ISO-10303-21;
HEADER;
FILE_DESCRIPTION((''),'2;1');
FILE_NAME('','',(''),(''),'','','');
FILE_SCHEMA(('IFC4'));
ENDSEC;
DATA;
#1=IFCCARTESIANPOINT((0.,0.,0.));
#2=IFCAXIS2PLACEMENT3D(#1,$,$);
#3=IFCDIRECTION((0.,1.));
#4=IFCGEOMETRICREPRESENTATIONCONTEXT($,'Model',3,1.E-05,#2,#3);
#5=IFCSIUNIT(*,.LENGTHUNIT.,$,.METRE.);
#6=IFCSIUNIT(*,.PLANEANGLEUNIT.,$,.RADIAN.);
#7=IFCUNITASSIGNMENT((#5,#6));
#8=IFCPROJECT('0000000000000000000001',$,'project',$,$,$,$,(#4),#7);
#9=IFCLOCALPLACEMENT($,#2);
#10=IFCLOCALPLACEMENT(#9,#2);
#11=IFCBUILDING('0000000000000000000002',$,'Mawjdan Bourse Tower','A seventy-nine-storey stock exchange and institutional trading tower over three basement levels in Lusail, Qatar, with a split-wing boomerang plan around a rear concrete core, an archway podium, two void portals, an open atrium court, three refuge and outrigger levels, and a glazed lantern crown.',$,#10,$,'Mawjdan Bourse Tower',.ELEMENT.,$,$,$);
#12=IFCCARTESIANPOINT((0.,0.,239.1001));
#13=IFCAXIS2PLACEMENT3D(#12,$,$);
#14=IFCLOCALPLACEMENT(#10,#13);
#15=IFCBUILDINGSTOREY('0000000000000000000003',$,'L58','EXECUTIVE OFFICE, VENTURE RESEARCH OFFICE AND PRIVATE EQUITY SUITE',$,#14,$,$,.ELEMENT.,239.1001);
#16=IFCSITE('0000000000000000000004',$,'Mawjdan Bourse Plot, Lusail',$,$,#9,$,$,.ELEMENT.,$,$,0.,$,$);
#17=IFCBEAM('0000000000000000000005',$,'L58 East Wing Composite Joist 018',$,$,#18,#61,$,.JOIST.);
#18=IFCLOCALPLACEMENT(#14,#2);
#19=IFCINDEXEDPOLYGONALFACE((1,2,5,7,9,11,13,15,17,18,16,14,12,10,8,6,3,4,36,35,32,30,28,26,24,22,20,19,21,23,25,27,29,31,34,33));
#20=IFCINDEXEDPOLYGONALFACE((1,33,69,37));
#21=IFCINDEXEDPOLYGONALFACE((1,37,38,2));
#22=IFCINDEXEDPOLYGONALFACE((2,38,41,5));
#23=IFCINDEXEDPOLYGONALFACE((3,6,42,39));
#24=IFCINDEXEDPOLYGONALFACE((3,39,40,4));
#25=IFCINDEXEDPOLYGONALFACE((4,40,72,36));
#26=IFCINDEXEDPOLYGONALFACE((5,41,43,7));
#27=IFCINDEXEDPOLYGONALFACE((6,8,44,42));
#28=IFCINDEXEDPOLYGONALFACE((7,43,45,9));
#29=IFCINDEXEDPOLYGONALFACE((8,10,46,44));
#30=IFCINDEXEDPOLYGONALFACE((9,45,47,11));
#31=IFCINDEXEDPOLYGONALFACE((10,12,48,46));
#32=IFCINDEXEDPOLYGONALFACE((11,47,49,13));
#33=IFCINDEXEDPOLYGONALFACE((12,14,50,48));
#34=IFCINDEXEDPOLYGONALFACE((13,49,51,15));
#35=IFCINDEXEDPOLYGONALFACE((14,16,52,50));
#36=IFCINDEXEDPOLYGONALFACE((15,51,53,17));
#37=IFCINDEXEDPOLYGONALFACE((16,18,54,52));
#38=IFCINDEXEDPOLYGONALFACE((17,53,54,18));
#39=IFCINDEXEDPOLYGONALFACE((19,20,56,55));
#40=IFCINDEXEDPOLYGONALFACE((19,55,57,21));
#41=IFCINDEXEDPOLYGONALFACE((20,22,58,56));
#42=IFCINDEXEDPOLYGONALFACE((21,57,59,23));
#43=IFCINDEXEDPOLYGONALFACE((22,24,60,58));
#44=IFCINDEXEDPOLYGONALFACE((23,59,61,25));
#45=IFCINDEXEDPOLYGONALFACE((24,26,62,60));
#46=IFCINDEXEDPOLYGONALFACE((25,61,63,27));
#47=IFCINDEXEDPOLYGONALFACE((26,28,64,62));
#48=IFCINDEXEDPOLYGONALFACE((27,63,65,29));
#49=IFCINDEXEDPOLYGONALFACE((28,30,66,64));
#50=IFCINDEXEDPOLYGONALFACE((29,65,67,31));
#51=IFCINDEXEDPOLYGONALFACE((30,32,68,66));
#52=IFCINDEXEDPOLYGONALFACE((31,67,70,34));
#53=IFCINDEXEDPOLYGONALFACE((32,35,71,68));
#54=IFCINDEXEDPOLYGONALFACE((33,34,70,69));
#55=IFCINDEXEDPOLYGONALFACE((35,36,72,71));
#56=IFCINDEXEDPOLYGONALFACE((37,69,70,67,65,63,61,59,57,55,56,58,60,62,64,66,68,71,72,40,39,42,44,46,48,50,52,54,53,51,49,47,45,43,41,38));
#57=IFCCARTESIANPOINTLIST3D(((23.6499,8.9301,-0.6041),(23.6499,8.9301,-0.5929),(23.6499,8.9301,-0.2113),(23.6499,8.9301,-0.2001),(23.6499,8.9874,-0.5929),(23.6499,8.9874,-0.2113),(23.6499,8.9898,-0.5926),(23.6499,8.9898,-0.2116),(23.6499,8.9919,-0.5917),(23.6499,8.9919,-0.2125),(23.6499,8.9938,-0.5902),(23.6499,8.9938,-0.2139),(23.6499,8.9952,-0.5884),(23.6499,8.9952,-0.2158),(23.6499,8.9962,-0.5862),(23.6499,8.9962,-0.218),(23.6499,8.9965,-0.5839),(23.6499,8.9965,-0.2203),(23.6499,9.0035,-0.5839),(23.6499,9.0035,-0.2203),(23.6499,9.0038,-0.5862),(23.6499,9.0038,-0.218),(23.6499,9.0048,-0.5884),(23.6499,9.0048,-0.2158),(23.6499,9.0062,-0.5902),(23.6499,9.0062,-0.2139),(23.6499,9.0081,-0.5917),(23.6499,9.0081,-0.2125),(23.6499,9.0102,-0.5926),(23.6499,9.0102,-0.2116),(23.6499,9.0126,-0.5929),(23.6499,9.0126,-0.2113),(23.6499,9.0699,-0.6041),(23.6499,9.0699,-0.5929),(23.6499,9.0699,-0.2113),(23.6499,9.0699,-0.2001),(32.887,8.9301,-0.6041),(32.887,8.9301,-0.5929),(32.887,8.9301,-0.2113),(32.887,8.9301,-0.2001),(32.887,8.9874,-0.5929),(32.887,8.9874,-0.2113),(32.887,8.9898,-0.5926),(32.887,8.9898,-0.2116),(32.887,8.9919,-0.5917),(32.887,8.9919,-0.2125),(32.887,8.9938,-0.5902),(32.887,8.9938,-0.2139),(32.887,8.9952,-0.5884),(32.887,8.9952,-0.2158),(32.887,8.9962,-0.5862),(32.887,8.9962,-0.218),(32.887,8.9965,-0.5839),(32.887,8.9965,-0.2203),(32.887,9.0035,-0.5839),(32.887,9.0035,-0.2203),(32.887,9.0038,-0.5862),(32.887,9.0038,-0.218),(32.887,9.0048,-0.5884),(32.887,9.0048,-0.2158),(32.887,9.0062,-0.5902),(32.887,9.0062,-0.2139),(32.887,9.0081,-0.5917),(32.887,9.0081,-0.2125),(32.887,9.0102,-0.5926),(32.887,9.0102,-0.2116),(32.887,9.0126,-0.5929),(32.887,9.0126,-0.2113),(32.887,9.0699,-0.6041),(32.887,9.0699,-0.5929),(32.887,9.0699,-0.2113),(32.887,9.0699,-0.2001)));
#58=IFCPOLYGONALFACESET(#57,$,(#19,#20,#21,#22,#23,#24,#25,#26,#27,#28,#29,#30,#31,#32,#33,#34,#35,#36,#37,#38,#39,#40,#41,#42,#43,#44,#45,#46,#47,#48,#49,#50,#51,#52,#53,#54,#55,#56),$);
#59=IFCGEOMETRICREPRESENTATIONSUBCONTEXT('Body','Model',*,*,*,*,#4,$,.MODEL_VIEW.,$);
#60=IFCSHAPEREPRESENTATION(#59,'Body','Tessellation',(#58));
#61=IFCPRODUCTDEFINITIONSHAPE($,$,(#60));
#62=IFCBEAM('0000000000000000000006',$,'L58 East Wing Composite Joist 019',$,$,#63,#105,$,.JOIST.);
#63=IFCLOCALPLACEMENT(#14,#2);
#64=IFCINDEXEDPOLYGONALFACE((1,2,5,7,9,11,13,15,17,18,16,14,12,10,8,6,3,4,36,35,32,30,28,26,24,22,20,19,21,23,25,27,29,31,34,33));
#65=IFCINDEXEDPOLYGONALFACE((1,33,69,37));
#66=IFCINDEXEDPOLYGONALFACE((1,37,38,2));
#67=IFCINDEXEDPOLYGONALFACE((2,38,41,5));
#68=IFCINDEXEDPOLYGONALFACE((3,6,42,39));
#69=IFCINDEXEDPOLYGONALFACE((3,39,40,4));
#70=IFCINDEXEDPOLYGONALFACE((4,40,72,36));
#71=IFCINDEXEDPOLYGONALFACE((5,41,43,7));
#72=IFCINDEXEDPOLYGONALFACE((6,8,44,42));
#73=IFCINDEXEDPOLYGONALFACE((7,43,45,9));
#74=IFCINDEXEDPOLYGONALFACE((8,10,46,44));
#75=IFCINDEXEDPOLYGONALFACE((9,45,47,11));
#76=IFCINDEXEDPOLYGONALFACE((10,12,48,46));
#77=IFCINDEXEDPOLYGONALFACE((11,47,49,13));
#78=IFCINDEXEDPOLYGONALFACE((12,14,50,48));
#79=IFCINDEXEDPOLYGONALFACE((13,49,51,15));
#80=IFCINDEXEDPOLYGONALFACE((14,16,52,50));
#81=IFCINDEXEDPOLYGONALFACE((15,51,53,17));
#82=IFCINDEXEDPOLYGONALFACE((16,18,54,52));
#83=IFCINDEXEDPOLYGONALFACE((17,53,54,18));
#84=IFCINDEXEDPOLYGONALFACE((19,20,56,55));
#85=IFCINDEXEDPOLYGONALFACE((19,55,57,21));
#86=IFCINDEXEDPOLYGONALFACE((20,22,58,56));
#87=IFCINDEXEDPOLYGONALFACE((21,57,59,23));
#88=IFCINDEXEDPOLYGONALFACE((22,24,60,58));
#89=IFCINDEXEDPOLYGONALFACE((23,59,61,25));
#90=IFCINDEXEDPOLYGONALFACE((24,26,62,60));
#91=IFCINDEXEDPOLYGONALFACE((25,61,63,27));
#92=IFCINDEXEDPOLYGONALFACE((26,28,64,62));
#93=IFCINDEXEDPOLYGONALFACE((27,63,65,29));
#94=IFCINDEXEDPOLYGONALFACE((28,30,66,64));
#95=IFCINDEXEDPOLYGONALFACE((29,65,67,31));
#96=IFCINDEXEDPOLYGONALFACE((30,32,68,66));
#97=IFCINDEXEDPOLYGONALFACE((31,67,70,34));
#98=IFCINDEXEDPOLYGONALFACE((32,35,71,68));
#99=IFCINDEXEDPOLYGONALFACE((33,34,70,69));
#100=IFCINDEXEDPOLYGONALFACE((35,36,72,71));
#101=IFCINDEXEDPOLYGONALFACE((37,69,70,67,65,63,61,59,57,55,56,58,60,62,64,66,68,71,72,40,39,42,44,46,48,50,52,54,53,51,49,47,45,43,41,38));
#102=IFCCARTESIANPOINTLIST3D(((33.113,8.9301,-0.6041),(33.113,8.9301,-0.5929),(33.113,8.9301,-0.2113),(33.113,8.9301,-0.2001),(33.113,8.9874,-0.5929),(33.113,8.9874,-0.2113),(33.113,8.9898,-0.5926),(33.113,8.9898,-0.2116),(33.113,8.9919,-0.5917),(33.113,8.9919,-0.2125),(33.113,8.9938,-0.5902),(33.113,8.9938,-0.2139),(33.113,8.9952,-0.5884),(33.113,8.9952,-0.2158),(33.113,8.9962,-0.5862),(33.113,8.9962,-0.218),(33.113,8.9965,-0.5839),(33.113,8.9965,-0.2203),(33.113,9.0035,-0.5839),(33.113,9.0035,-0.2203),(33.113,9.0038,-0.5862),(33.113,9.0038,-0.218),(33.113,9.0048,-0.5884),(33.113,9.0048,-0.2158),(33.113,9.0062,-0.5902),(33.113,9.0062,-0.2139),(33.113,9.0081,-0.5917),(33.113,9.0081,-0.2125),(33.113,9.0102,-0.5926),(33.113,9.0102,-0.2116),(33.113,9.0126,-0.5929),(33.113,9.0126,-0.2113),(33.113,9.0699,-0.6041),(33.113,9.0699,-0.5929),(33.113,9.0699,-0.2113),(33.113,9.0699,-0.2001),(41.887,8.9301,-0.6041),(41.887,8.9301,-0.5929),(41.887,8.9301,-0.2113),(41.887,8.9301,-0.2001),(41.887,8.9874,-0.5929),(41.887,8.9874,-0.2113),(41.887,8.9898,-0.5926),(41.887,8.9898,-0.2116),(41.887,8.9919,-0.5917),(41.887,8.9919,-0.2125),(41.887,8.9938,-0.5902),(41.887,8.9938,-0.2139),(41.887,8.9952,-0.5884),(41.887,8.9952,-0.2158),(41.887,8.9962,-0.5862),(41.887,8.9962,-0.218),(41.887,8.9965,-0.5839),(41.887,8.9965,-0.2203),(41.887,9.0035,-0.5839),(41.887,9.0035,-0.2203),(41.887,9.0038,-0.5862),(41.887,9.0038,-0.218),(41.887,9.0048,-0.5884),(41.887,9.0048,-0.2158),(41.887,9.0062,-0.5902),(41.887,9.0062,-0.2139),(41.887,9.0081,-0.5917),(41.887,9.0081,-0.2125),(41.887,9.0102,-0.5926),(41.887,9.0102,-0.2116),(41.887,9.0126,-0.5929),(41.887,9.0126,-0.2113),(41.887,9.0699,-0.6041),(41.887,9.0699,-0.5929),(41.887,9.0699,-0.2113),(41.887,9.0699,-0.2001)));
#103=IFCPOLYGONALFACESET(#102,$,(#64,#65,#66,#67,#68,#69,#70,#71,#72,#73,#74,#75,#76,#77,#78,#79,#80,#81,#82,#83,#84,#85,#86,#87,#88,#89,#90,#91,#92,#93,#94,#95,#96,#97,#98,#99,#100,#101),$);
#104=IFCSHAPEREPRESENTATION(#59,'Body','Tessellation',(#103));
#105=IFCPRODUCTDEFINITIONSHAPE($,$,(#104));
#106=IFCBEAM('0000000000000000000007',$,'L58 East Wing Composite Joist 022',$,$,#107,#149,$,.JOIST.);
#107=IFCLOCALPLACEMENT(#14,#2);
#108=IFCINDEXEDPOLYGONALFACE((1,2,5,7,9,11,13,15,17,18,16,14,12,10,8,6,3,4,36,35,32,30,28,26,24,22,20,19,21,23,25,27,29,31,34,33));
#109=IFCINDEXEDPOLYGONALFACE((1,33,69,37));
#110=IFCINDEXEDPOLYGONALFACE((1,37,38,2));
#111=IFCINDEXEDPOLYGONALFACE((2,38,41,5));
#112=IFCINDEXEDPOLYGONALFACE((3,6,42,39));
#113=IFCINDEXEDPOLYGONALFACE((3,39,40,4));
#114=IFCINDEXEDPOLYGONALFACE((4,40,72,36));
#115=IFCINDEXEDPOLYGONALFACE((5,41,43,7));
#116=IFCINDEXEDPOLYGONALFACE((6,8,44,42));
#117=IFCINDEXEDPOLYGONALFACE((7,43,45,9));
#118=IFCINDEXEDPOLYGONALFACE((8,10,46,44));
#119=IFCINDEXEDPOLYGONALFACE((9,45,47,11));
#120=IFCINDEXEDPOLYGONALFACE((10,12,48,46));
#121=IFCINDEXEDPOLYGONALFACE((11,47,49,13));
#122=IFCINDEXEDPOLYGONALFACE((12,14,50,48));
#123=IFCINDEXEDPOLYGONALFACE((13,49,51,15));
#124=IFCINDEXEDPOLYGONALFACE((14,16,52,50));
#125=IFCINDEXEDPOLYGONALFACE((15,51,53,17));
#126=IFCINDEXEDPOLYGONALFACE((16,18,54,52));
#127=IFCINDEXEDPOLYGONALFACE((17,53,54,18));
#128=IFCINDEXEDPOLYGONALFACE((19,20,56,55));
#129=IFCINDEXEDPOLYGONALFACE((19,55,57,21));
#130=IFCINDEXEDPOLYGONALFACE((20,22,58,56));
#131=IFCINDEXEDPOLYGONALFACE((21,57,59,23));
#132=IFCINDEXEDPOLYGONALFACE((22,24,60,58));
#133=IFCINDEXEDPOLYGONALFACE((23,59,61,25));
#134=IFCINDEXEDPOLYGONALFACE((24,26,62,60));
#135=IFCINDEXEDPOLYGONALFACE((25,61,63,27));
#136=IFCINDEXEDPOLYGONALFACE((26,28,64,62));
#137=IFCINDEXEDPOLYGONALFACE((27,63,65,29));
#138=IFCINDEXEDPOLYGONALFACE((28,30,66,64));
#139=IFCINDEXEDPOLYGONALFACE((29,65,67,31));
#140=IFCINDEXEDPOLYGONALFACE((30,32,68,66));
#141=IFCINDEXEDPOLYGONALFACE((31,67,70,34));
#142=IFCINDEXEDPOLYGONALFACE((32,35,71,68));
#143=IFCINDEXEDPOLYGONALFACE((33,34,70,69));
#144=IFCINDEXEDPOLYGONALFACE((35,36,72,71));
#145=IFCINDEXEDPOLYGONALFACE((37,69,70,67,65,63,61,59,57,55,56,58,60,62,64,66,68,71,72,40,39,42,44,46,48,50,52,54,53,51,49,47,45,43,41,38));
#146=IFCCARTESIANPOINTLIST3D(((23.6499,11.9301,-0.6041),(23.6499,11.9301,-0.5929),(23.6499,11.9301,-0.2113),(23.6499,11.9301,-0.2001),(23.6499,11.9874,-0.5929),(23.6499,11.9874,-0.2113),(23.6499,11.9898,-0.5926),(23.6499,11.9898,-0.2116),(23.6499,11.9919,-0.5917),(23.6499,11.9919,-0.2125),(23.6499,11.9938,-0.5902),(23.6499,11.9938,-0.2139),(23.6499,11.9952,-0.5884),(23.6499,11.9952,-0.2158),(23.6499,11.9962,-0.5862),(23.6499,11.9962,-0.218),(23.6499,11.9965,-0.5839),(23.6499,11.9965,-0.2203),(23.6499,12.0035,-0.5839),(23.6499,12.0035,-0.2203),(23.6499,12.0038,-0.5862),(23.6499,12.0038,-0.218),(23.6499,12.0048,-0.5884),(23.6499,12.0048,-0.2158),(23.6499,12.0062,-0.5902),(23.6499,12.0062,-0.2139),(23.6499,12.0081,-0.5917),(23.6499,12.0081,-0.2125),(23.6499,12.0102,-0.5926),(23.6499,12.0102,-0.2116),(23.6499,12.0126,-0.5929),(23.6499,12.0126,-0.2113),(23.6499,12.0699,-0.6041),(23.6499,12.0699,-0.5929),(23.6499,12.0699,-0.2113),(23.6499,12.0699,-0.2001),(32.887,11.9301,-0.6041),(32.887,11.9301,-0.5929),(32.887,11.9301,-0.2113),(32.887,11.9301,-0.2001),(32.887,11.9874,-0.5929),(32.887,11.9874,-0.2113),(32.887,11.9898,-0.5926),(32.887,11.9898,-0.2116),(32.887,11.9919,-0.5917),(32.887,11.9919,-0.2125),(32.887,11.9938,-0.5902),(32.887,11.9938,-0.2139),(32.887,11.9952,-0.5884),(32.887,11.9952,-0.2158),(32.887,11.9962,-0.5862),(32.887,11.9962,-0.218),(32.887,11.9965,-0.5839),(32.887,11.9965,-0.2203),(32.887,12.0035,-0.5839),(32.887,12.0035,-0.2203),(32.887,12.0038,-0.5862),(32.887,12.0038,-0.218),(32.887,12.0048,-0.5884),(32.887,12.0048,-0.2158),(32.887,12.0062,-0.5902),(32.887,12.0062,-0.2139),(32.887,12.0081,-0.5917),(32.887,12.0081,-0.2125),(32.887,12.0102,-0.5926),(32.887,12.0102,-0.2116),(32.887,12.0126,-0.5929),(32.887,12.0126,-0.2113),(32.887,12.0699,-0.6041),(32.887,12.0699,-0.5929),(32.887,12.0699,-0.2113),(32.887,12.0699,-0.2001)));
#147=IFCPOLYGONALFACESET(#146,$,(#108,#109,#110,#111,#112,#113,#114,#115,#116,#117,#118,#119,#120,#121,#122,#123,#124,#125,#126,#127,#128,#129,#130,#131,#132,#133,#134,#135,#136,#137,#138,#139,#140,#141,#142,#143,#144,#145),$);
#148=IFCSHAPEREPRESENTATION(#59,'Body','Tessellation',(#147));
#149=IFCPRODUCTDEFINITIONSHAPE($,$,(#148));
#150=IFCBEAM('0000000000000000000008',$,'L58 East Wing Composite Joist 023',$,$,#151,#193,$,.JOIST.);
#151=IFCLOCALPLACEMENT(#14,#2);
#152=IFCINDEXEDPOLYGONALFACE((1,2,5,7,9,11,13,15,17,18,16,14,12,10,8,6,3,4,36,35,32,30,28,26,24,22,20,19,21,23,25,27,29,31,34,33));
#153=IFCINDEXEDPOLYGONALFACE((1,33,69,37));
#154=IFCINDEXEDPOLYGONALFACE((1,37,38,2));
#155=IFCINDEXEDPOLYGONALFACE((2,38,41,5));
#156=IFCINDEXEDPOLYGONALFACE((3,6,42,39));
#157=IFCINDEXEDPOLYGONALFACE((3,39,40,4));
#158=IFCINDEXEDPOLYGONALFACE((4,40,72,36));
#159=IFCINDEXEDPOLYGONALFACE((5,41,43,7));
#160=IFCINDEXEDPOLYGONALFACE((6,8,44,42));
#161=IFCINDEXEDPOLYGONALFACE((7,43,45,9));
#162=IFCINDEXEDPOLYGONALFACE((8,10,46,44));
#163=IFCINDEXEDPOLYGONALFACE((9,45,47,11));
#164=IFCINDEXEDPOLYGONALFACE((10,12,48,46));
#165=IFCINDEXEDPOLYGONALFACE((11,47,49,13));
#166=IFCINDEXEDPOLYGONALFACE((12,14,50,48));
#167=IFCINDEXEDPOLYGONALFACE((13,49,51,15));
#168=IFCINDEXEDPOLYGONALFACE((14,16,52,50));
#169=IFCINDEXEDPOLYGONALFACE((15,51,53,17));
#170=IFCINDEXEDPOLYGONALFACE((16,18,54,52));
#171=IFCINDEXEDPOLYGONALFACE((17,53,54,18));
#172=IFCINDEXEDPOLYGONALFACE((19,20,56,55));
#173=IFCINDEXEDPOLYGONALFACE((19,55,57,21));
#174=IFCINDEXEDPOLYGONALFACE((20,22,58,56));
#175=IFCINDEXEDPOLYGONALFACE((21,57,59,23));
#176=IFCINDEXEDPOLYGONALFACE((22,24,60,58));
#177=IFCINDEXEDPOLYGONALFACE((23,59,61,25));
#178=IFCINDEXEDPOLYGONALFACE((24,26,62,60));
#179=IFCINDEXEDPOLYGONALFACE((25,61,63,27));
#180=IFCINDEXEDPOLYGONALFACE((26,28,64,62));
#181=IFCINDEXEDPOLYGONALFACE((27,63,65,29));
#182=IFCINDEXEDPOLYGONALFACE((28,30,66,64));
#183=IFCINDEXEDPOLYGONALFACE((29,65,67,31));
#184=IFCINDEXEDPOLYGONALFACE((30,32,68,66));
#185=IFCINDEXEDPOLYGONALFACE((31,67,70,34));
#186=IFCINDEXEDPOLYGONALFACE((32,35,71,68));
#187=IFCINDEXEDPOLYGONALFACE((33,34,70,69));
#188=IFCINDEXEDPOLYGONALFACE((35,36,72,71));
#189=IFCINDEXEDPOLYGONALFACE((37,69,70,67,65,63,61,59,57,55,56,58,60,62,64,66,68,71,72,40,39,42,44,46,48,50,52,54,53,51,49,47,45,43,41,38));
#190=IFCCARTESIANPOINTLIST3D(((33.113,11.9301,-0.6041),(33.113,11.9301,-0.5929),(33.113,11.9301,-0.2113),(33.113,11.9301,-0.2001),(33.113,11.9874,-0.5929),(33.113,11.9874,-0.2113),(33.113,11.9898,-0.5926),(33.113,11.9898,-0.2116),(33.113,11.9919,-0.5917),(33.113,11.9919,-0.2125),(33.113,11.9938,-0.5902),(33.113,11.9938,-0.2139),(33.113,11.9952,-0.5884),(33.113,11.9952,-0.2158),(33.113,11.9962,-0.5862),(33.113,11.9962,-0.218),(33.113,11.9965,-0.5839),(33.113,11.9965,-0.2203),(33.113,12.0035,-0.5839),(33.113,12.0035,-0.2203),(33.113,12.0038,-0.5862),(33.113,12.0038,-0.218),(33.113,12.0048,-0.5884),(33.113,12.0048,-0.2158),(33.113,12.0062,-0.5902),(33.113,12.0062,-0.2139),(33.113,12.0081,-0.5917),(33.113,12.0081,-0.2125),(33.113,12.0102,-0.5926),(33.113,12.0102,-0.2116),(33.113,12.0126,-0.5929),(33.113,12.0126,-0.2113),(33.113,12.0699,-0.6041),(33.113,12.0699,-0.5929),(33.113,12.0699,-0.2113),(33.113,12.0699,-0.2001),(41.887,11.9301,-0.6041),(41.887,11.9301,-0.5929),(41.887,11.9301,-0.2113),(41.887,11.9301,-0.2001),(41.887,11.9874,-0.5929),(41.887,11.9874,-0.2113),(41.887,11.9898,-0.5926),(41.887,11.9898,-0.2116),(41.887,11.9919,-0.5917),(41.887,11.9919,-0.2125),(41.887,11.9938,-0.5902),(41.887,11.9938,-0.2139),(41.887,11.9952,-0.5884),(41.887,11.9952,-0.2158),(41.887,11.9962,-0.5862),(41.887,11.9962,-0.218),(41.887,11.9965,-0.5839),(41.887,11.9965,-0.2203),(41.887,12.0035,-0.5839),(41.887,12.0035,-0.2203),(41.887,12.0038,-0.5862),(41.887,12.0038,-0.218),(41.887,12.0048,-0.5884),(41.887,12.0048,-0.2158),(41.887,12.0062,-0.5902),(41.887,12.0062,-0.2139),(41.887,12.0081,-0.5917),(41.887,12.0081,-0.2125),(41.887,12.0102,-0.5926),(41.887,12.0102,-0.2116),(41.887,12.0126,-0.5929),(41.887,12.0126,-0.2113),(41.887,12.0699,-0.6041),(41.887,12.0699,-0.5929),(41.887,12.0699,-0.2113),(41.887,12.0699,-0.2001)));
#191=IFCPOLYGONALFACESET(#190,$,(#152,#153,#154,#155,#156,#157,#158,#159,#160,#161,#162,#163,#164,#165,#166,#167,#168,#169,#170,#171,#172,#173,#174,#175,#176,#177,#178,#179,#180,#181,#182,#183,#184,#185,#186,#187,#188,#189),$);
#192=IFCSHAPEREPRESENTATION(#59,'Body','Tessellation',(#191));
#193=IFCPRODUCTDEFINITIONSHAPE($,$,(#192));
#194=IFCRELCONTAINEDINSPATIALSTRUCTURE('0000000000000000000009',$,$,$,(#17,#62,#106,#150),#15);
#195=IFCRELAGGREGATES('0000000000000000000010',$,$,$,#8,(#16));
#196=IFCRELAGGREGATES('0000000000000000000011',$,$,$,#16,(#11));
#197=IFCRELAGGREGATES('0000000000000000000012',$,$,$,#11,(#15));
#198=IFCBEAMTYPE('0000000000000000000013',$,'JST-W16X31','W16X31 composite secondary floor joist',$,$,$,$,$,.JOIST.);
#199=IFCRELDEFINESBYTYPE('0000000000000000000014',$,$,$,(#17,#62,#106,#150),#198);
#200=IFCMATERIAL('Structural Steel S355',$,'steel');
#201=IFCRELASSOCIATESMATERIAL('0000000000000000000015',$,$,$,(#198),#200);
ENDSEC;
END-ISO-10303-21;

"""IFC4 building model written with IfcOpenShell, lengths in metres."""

from ifc_helpers import new_model, si_unit, direction, frame, origin, origin_2d, place, context, subcontext, project, spatial, i_section, extrude, material, material_profile, profile_set, type_object, element, save


model = new_model("IFC4")

# Units and contexts
model_context = context("Model", 3, precision=1e-05, world=origin(), true_north=direction((0.0, 1.0)))
body_context = subcontext(model_context, "Body", "Model", "MODEL_VIEW")
ifc_project = project(units=[si_unit("LENGTHUNIT", "METRE"), si_unit("PLANEANGLEUNIT", "RADIAN")], contexts=[model_context])

# Site, building, storey
site_placement = place(None, origin())
site = spatial("IfcSite", under=ifc_project, at=site_placement, Name="Mawjdan Bourse Plot, Lusail", CompositionType="ELEMENT", RefElevation=0.0)
building_placement = place(site_placement, origin())
building = spatial("IfcBuilding", under=site, at=building_placement, Name="Mawjdan Bourse Tower", Description="A seventy-nine-storey stock exchange and institutional trading tower over three basement levels in Lusail, Qatar, with a split-wing boomerang plan around a rear concrete core, an archway podium, two void portals, an open atrium court, three refuge and outrigger levels, and a glazed lantern crown.", LongName="Mawjdan Bourse Tower", CompositionType="ELEMENT")
storey_placement = place(building_placement, frame((0.0, 0.0, 239.1001)))
storey = spatial("IfcBuildingStorey", under=building, at=storey_placement, Name="L58", Description="EXECUTIVE OFFICE, VENTURE RESEARCH OFFICE AND PRIVATE EQUITY SUITE", CompositionType="ELEMENT", Elevation=239.1001)

# Beams
ifc_material_1 = material(Name="Structural Steel S355", Category="steel")
ifc_material_profile_1 = material_profile(ifc_material_1, i_section(OverallWidth=0.1399, OverallDepth=0.4041, WebThickness=0.0071, FlangeThickness=0.0112, FilletRadius=0.009, at=origin_2d()), Name="W16X31")
ifc_profile_set_1 = profile_set([ifc_material_profile_1], Name="Structural Steel S355")
beam_type_1 = type_object("IfcBeamType", Name="JST-W16X31", Description="W16X31 composite secondary floor joist", PredefinedType="JOIST", material=ifc_profile_set_1)
beam_1_placement = place(storey_placement, frame((23.6499, 9.0, -0.4021), z_axis=(1.0, 0.0, 0.0), x_axis=(0.0, 1.0, 0.0)))
element("IfcBeam", 1, at=beam_1_placement, inside=storey, type_object=beam_type_1, Name="L58 East Wing Composite Joist 018", PredefinedType="JOIST", context=body_context, shape_type="SweptSolid", body=[
    extrude(i_section(OverallWidth=0.1399, OverallDepth=0.4041, WebThickness=0.0071, FlangeThickness=0.0112, FilletRadius=0.009, at=origin_2d()), origin(), (0.0, 0.0, 1.0), 9.2371),
])
beam_2_placement = place(storey_placement, frame((33.113, 9.0, -0.4021), z_axis=(1.0, 0.0, 0.0), x_axis=(0.0, 1.0, 0.0)))
element("IfcBeam", 2, at=beam_2_placement, inside=storey, type_object=beam_type_1, Name="L58 East Wing Composite Joist 019", PredefinedType="JOIST", context=body_context, shape_type="SweptSolid", body=[
    extrude(i_section(OverallWidth=0.1399, OverallDepth=0.4041, WebThickness=0.0071, FlangeThickness=0.0112, FilletRadius=0.009, at=origin_2d()), origin(), (0.0, 0.0, 1.0), 8.7739),
])
beam_3_placement = place(storey_placement, frame((23.6499, 12.0, -0.4021), z_axis=(1.0, 0.0, 0.0), x_axis=(0.0, 1.0, 0.0)))
element("IfcBeam", 3, at=beam_3_placement, inside=storey, type_object=beam_type_1, Name="L58 East Wing Composite Joist 022", PredefinedType="JOIST", context=body_context, shape_type="SweptSolid", body=[
    extrude(i_section(OverallWidth=0.1399, OverallDepth=0.4041, WebThickness=0.0071, FlangeThickness=0.0112, FilletRadius=0.009, at=origin_2d()), origin(), (0.0, 0.0, 1.0), 9.2371),
])
beam_4_placement = place(storey_placement, frame((33.113, 12.0, -0.4021), z_axis=(1.0, 0.0, 0.0), x_axis=(0.0, 1.0, 0.0)))
element("IfcBeam", 4, at=beam_4_placement, inside=storey, type_object=beam_type_1, Name="L58 East Wing Composite Joist 023", PredefinedType="JOIST", context=body_context, shape_type="SweptSolid", body=[
    extrude(i_section(OverallWidth=0.1399, OverallDepth=0.4041, WebThickness=0.0071, FlangeThickness=0.0112, FilletRadius=0.009, at=origin_2d()), origin(), (0.0, 0.0, 1.0), 8.7739),
])

save(model, "model.ifc")
